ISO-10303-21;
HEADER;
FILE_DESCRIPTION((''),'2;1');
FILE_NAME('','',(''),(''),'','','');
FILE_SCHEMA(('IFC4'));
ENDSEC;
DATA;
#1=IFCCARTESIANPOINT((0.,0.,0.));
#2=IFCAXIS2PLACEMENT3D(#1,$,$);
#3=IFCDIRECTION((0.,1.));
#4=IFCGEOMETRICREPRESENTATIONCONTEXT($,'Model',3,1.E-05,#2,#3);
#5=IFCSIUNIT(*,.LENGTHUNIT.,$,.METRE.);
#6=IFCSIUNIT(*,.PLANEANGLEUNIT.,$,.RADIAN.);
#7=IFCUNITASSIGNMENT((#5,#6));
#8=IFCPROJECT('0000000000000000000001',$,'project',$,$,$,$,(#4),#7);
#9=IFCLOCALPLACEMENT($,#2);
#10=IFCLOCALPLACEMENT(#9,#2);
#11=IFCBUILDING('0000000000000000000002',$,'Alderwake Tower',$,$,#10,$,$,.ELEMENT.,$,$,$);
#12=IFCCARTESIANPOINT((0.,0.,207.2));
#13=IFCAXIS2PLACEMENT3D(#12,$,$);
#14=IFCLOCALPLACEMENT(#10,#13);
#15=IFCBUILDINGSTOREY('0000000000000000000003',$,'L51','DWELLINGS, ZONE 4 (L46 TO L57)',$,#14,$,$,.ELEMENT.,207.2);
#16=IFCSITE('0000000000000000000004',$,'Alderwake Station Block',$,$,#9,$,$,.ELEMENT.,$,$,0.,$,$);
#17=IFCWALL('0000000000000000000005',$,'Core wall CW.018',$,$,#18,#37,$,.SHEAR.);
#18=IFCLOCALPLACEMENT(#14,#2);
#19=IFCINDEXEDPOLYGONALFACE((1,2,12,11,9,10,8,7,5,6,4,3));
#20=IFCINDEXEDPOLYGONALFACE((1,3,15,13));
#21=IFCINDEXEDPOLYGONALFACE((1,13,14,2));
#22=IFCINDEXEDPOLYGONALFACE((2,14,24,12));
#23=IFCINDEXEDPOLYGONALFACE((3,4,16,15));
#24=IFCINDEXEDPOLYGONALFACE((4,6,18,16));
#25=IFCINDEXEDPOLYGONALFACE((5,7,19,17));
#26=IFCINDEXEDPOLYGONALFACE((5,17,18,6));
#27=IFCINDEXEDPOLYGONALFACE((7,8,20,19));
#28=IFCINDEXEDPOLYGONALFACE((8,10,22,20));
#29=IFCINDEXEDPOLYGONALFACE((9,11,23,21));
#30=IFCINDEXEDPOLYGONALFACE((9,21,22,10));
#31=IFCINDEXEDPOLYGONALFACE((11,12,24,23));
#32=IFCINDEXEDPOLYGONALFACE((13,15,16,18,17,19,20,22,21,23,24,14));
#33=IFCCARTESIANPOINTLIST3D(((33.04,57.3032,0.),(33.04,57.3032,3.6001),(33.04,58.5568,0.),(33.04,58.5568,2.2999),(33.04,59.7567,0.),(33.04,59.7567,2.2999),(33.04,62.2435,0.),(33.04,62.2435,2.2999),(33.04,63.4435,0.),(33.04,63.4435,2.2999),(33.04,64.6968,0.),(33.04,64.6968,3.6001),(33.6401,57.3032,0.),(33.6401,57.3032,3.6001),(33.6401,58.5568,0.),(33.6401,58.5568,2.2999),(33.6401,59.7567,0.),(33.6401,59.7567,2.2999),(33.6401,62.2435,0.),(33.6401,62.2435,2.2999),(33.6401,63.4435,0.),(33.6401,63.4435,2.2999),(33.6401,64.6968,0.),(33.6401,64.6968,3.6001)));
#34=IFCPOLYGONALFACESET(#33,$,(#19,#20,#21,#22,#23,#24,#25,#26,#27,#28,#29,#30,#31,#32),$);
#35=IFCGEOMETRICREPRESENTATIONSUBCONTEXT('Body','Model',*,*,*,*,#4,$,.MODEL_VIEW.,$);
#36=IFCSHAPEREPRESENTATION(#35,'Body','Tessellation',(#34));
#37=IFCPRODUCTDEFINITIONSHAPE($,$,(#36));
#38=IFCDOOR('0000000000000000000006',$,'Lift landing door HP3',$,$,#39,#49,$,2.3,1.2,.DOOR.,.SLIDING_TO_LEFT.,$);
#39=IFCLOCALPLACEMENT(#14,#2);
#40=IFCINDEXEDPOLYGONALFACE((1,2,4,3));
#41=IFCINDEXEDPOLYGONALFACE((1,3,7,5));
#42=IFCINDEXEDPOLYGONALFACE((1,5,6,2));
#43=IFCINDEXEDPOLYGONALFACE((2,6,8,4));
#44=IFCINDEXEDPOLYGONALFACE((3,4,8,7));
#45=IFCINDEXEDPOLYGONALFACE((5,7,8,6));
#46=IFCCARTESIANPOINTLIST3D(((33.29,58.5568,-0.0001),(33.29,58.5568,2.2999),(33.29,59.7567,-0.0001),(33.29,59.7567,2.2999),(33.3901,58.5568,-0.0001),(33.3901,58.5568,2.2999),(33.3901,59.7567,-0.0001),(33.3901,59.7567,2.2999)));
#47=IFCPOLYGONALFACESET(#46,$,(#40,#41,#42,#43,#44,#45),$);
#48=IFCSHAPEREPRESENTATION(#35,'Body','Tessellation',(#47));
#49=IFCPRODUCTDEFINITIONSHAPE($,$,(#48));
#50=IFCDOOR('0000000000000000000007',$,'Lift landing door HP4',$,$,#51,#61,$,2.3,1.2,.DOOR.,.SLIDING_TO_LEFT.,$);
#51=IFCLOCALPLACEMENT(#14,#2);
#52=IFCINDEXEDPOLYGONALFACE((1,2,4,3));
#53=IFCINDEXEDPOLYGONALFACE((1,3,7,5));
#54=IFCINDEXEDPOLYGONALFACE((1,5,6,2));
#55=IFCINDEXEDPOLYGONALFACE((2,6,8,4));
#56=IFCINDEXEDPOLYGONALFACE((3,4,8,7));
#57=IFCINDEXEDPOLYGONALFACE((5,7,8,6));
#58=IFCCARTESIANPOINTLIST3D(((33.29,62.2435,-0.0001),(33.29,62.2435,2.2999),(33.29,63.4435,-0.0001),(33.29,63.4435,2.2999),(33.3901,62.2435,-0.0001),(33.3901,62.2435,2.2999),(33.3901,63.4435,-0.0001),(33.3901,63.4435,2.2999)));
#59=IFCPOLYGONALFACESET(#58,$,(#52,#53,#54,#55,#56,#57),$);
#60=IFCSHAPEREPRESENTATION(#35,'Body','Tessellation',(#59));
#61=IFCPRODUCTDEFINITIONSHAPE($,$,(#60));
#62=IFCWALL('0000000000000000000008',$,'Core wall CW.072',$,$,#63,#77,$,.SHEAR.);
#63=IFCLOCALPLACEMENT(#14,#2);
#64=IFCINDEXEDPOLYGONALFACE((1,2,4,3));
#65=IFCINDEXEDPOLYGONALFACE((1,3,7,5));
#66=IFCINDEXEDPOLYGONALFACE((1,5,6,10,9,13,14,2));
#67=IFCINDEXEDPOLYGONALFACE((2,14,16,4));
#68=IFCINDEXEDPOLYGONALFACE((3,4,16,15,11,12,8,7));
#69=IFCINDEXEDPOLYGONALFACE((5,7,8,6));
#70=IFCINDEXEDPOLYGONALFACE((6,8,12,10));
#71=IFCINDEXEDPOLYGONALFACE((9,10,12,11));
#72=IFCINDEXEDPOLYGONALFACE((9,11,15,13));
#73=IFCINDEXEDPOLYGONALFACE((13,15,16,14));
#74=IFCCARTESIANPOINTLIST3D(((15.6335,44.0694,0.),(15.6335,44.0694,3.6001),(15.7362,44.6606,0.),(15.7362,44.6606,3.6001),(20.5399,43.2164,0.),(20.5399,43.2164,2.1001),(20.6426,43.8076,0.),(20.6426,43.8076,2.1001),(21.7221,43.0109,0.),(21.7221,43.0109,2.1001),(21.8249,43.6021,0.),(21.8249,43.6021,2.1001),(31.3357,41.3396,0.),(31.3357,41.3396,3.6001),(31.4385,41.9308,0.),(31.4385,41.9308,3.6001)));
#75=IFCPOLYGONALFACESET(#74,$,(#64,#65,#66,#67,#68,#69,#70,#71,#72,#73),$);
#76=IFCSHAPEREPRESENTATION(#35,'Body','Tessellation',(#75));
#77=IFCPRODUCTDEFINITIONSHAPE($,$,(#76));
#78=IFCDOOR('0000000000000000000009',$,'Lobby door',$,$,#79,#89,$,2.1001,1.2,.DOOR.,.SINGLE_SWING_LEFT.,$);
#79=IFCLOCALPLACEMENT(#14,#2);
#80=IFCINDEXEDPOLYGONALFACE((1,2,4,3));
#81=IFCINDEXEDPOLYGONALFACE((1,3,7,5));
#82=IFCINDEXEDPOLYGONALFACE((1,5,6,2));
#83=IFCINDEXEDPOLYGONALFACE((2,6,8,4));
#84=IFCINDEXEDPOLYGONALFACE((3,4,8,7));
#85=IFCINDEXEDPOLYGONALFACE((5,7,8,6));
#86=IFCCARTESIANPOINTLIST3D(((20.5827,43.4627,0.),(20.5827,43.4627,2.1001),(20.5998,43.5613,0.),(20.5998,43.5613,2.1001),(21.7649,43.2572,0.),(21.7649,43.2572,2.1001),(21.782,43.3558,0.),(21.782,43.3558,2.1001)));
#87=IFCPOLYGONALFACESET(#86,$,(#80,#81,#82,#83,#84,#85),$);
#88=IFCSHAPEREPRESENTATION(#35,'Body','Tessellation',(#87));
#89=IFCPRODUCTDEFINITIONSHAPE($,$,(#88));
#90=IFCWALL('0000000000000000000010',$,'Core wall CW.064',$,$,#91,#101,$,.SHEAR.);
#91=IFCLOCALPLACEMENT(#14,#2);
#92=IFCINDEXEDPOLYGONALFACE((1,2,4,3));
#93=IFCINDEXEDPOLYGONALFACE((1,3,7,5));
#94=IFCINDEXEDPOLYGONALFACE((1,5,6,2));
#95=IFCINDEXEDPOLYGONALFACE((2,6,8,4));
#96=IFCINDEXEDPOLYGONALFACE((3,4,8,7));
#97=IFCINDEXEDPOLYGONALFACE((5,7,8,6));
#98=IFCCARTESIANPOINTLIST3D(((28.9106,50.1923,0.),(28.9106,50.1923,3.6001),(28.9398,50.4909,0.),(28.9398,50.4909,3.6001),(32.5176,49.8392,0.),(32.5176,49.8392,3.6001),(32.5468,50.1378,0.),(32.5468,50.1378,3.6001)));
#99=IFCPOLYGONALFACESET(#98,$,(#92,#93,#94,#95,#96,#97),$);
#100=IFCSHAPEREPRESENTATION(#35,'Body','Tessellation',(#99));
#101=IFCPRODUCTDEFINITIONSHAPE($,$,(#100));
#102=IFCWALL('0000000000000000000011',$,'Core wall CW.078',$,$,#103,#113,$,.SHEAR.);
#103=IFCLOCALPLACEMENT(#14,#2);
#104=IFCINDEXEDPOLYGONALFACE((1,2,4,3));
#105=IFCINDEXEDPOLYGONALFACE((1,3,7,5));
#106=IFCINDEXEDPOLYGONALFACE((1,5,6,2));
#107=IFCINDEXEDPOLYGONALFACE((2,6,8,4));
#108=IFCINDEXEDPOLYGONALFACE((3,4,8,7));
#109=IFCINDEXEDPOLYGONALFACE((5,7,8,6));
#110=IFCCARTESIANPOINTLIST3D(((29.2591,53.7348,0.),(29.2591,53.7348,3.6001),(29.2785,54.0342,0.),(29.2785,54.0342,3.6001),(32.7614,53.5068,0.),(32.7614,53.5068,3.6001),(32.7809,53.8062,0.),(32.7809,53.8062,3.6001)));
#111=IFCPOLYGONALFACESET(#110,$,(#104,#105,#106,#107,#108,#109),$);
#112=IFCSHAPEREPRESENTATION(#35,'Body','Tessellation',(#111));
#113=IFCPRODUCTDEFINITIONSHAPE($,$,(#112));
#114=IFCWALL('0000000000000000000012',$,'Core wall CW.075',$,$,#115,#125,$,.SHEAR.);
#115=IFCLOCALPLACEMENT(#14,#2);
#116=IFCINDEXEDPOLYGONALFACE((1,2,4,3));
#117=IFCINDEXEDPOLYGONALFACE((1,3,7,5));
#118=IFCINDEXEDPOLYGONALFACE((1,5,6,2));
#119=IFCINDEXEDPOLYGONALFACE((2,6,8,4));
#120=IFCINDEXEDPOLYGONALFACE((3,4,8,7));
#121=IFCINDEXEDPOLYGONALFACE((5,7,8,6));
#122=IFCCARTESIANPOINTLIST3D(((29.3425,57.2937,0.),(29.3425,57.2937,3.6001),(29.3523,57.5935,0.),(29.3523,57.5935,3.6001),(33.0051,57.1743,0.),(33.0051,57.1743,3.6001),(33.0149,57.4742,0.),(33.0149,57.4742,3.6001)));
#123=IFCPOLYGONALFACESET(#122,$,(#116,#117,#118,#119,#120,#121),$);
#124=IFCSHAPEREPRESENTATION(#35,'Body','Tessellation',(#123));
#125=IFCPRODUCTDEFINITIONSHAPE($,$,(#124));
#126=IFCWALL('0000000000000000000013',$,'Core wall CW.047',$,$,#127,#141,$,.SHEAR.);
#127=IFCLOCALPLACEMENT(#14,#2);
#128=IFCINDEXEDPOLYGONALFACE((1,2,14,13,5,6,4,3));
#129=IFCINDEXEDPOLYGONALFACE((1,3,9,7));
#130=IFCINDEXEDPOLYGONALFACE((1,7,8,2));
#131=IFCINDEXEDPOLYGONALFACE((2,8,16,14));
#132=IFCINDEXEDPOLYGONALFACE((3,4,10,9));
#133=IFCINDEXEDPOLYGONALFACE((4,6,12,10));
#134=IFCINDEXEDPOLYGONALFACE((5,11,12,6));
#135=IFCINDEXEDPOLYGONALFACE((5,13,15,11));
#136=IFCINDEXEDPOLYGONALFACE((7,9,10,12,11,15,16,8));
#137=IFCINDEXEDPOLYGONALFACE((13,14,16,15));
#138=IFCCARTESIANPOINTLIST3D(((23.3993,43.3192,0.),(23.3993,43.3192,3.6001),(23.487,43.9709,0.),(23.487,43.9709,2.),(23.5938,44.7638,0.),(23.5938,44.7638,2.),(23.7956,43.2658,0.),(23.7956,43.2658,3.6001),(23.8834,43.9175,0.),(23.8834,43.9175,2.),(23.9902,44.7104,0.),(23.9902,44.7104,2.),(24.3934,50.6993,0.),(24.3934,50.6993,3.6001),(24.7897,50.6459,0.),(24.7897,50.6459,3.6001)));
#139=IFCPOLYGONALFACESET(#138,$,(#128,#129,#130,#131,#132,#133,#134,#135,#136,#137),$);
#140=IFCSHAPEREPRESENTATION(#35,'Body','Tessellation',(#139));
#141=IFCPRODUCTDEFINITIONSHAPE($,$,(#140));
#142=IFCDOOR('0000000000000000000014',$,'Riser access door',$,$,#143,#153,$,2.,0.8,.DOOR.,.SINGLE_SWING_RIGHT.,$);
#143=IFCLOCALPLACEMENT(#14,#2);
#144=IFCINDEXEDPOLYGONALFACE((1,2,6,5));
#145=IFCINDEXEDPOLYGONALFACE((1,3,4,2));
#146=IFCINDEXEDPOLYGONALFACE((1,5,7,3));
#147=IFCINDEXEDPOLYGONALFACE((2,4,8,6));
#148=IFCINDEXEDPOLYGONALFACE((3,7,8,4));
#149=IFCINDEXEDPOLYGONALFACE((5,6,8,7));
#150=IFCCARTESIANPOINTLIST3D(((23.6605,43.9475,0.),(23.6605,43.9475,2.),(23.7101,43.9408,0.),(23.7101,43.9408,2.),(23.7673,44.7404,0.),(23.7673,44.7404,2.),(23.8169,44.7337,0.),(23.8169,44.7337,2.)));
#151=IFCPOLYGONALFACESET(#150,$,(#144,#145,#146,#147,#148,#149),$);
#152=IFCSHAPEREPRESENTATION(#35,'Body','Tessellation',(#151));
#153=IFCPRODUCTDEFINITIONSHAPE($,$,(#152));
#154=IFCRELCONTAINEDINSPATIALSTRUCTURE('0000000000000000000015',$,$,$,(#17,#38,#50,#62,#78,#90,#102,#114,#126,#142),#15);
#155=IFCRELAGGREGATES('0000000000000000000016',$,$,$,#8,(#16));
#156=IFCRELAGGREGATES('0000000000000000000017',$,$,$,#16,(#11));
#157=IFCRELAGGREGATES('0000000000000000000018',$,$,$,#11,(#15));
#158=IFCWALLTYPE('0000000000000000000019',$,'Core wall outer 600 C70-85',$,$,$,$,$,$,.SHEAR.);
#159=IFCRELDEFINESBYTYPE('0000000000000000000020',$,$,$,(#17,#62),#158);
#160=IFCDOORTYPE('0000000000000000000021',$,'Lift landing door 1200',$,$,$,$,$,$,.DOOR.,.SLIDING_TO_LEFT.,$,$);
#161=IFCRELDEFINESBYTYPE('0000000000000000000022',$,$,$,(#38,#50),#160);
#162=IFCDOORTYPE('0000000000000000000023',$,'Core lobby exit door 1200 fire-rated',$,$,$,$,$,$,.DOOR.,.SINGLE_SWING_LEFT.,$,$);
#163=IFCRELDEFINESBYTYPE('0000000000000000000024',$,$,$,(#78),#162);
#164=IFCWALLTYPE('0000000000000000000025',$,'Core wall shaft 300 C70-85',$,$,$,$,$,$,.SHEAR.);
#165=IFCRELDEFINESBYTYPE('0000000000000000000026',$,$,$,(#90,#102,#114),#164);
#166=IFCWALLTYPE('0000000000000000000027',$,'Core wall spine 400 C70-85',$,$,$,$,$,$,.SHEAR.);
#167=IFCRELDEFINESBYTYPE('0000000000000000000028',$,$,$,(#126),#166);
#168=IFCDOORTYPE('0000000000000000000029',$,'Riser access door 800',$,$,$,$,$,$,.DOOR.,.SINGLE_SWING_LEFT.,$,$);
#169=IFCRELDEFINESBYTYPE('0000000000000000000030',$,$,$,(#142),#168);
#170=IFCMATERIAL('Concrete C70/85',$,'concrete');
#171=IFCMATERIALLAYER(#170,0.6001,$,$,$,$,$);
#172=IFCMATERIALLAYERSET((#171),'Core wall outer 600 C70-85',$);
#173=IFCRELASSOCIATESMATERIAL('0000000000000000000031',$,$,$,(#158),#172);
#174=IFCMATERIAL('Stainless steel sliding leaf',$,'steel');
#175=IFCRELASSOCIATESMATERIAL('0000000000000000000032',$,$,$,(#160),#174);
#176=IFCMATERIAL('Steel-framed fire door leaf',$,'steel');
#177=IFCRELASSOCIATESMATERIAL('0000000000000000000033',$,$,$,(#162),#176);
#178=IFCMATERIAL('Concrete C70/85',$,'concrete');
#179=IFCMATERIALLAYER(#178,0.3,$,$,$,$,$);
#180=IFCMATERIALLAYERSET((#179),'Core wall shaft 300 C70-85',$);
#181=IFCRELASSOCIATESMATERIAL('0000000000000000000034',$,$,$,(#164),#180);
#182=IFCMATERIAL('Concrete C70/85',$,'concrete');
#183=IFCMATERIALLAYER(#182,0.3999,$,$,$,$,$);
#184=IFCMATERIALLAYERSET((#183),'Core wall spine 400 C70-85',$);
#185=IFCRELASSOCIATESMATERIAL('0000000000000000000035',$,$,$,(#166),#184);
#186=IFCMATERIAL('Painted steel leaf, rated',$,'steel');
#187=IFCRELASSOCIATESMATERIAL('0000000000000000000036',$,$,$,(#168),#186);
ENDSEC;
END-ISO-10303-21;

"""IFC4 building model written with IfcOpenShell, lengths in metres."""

from ifc_helpers import new_model, si_unit, direction, frame, frame_2d, origin, place, context, subcontext, project, spatial, rectangle, extrude, material, layer, layer_set, type_object, element, fill, save


model = new_model("IFC4")

# Units and contexts
model_context = context("Model", 3, precision=1e-05, world=origin(), true_north=direction((0.0, 1.0)))
body_context = subcontext(model_context, "Body", "Model", "MODEL_VIEW")
ifc_project = project(units=[si_unit("LENGTHUNIT", "METRE"), si_unit("PLANEANGLEUNIT", "RADIAN")], contexts=[model_context])

# Site, building, storey
site_placement = place(None, origin())
site = spatial("IfcSite", under=ifc_project, at=site_placement, Name="Alderwake Station Block", CompositionType="ELEMENT", RefElevation=0.0)
building_placement = place(site_placement, origin())
building = spatial("IfcBuilding", under=site, at=building_placement, Name="Alderwake Tower", CompositionType="ELEMENT")
storey_placement = place(building_placement, frame((0.0, 0.0, 207.2)))
storey = spatial("IfcBuildingStorey", under=building, at=storey_placement, Name="L51", Description="DWELLINGS, ZONE 4 (L46 TO L57)", CompositionType="ELEMENT", Elevation=207.2)

# Shared definitions
ifc_material_1 = material(Name="Concrete C70/85", Category="concrete")
ifc_layer_1 = layer(ifc_material_1, 0.6001)
ifc_layer_set_1 = layer_set([ifc_layer_1], Name="Core wall outer 600 C70-85")
wall_type_1 = type_object("IfcWallType", Name="Core wall outer 600 C70-85", PredefinedType="SHEAR", material=ifc_layer_set_1)

# Wall, openings, doors
ifc_material_2 = material(Name="Stainless steel sliding leaf", Category="steel")
door_type_1 = type_object("IfcDoorType", Name="Lift landing door 1200", OperationType="SLIDING_TO_LEFT", PredefinedType="DOOR", material=ifc_material_2)
wall_1_placement = place(storey_placement, frame((33.3401, 57.3032, 0.0), z_axis=(0.0, 0.0, 1.0), x_axis=(0.0, 1.0, 0.0)))
wall_1 = element("IfcWall", 1, at=wall_1_placement, inside=storey, type_object=wall_type_1, Name="Core wall CW.018", PredefinedType="SHEAR", context=body_context, shape_type="SweptSolid", body=[
    extrude(rectangle(XDim=7.3936, YDim=0.6001, at=frame_2d((3.6968, 0.0))), origin(), (0.0, 0.0, 1.0), 3.6001),
])
opening_1_placement = place(wall_1_placement, frame((1.2534, 0.0, 0.0)))
opening_1 = element("IfcOpeningElement", 2, at=opening_1_placement, cuts=wall_1, PredefinedType="OPENING", context=body_context, shape_type="SweptSolid", body=[
    extrude(rectangle(XDim=1.2, YDim=2.3, at=frame_2d((0.6001, 1.1499))), frame((0.0, 0.3101, 0.0), z_axis=(0.0, -1.0, 0.0), x_axis=(1.0, 0.0, 0.0)), (0.0, 0.0, 1.0), 0.6201),
])
opening_2_placement = place(wall_1_placement, frame((4.9402, 0.0, 0.0)))
opening_2 = element("IfcOpeningElement", 3, at=opening_2_placement, cuts=wall_1, PredefinedType="OPENING", context=body_context, shape_type="SweptSolid", body=[
    extrude(rectangle(XDim=1.2, YDim=2.3, at=frame_2d((0.6001, 1.1499))), frame((0.0, 0.3101, 0.0), z_axis=(0.0, -1.0, 0.0), x_axis=(1.0, 0.0, 0.0)), (0.0, 0.0, 1.0), 0.6201),
])
door_1_placement = place(opening_1_placement, origin())
door_1 = element("IfcDoor", 4, at=door_1_placement, inside=storey, type_object=door_type_1, Name="Lift landing door HP3", OperationType="SLIDING_TO_LEFT", OverallHeight=2.3, OverallWidth=1.2, PredefinedType="DOOR", context=body_context, shape_type="SweptSolid", body=[
    extrude(rectangle(XDim=1.2, YDim=2.3, at=frame_2d((0.6001, 1.1499))), frame((0.0, 0.05, 0.0), z_axis=(0.0, -1.0, 0.0), x_axis=(1.0, 0.0, 0.0)), (0.0, 0.0, 1.0), 0.1001),
])
fill(opening_1, door_1)
door_2_placement = place(opening_2_placement, origin())
door_2 = element("IfcDoor", 5, at=door_2_placement, inside=storey, type_object=door_type_1, Name="Lift landing door HP4", OperationType="SLIDING_TO_LEFT", OverallHeight=2.3, OverallWidth=1.2, PredefinedType="DOOR", context=body_context, shape_type="SweptSolid", body=[
    extrude(rectangle(XDim=1.2, YDim=2.3, at=frame_2d((0.6001, 1.1499))), frame((0.0, 0.05, 0.0), z_axis=(0.0, -1.0, 0.0), x_axis=(1.0, 0.0, 0.0)), (0.0, 0.0, 1.0), 0.1001),
])
fill(opening_2, door_2)

# Wall, opening, door
wall_2_placement = place(storey_placement, frame((31.387, 41.6353, 0.0), z_axis=(0.0, 0.0, 1.0), x_axis=(-0.985223, 0.171276, 0.0)))
wall_2 = element("IfcWall", 6, at=wall_2_placement, inside=storey, type_object=wall_type_1, Name="Core wall CW.072", PredefinedType="SHEAR", context=body_context, shape_type="SweptSolid", body=[
    extrude(rectangle(XDim=15.9377, YDim=0.6001, at=frame_2d((7.9688, 0.0))), origin(), (0.0, 0.0, 1.0), 3.6001),
])
opening_3_placement = place(wall_2_placement, frame((9.7576, 0.0, 0.0)))
opening_3 = element("IfcOpeningElement", 7, at=opening_3_placement, cuts=wall_2, PredefinedType="OPENING", context=body_context, shape_type="SweptSolid", body=[
    extrude(rectangle(XDim=1.2, YDim=2.1001, at=frame_2d((0.6001, 1.05))), frame((0.0, 0.3101, 0.0), z_axis=(0.0, -1.0, 0.0), x_axis=(1.0, 0.0, 0.0)), (0.0, 0.0, 1.0), 0.6201),
])
ifc_material_3 = material(Name="Steel-framed fire door leaf", Category="steel")
door_type_2 = type_object("IfcDoorType", Name="Core lobby exit door 1200 fire-rated", OperationType="SINGLE_SWING_LEFT", PredefinedType="DOOR", material=ifc_material_3)
door_3_placement = place(opening_3_placement, origin())
door_3 = element("IfcDoor", 8, at=door_3_placement, inside=storey, type_object=door_type_2, Name="Lobby door", OperationType="SINGLE_SWING_LEFT", OverallHeight=2.1001, OverallWidth=1.2, PredefinedType="DOOR", context=body_context, shape_type="SweptSolid", body=[
    extrude(rectangle(XDim=1.2, YDim=2.1001, at=frame_2d((0.6001, 1.05))), frame((0.0, 0.05, 0.0), z_axis=(0.0, -1.0, 0.0), x_axis=(1.0, 0.0, 0.0)), (0.0, 0.0, 1.0), 0.1001),
])
fill(opening_3, door_3)

# Walls
ifc_material_4 = material(Name="Concrete C70/85", Category="concrete")
ifc_layer_2 = layer(ifc_material_4, 0.3)
ifc_layer_set_2 = layer_set([ifc_layer_2], Name="Core wall shaft 300 C70-85")
wall_type_2 = type_object("IfcWallType", Name="Core wall shaft 300 C70-85", PredefinedType="SHEAR", material=ifc_layer_set_2)
wall_3_placement = place(storey_placement, frame((28.9253, 50.3416, 0.0), z_axis=(0.0, 0.0, 1.0), x_axis=(0.995244, -0.097409, 0.0)))
element("IfcWall", 9, at=wall_3_placement, inside=storey, type_object=wall_type_2, Name="Core wall CW.064", PredefinedType="SHEAR", context=body_context, shape_type="SweptSolid", body=[
    extrude(rectangle(XDim=3.6243, YDim=0.3, at=frame_2d((1.812, 0.0))), origin(), (0.0, 0.0, 1.0), 3.6001),
])
wall_4_placement = place(storey_placement, frame((29.2688, 53.8845, 0.0), z_axis=(0.0, 0.0, 1.0), x_axis=(0.997887, -0.064968, 0.0)))
element("IfcWall", 10, at=wall_4_placement, inside=storey, type_object=wall_type_2, Name="Core wall CW.078", PredefinedType="SHEAR", context=body_context, shape_type="SweptSolid", body=[
    extrude(rectangle(XDim=3.5098, YDim=0.3, at=frame_2d((1.7549, 0.0))), origin(), (0.0, 0.0, 1.0), 3.6001),
])
wall_5_placement = place(storey_placement, frame((29.3474, 57.4436, 0.0), z_axis=(0.0, 0.0, 1.0), x_axis=(0.999469, -0.032578, 0.0)))
element("IfcWall", 11, at=wall_5_placement, inside=storey, type_object=wall_type_2, Name="Core wall CW.075", PredefinedType="SHEAR", context=body_context, shape_type="SweptSolid", body=[
    extrude(rectangle(XDim=3.6646, YDim=0.3, at=frame_2d((1.8323, 0.0))), origin(), (0.0, 0.0, 1.0), 3.6001),
])

# Wall, opening, door
ifc_material_5 = material(Name="Concrete C70/85", Category="concrete")
ifc_layer_3 = layer(ifc_material_5, 0.3999)
ifc_layer_set_3 = layer_set([ifc_layer_3], Name="Core wall spine 400 C70-85")
wall_type_3 = type_object("IfcWallType", Name="Core wall spine 400 C70-85", PredefinedType="SHEAR", material=ifc_layer_set_3)
wall_6_placement = place(storey_placement, frame((23.5974, 43.2925, 0.0), z_axis=(0.0, 0.0, 1.0), x_axis=(0.133499, 0.991049, 0.0)))
wall_6 = element("IfcWall", 12, at=wall_6_placement, inside=storey, type_object=wall_type_3, Name="Core wall CW.047", PredefinedType="SHEAR", context=body_context, shape_type="SweptSolid", body=[
    extrude(rectangle(XDim=7.4468, YDim=0.3999, at=frame_2d((3.7234, 0.0))), origin(), (0.0, 0.0, 1.0), 3.6001),
])
opening_4_placement = place(wall_6_placement, frame((0.6577, 0.0, 0.0)))
opening_4 = element("IfcOpeningElement", 13, at=opening_4_placement, cuts=wall_6, PredefinedType="OPENING", context=body_context, shape_type="SweptSolid", body=[
    extrude(rectangle(XDim=0.8, YDim=2.0, at=frame_2d((0.3999, 1.0))), frame((0.0, 0.21, 0.0), z_axis=(0.0, -1.0, 0.0), x_axis=(1.0, 0.0, 0.0)), (0.0, 0.0, 1.0), 0.4199),
])
ifc_material_6 = material(Name="Painted steel leaf, rated", Category="steel")
door_type_3 = type_object("IfcDoorType", Name="Riser access door 800", OperationType="SINGLE_SWING_LEFT", PredefinedType="DOOR", material=ifc_material_6)
door_4_placement = place(opening_4_placement, origin())
door_4 = element("IfcDoor", 14, at=door_4_placement, inside=storey, type_object=door_type_3, Name="Riser access door", OperationType="SINGLE_SWING_RIGHT", OverallHeight=2.0, OverallWidth=0.8, PredefinedType="DOOR", context=body_context, shape_type="SweptSolid", body=[
    extrude(rectangle(XDim=0.8, YDim=2.0, at=frame_2d((0.3999, 1.0))), frame((0.0, 0.0249, 0.0), z_axis=(0.0, -1.0, 0.0), x_axis=(1.0, 0.0, 0.0)), (0.0, 0.0, 1.0), 0.05),
])
fill(opening_4, door_4)

save(model, "model.ifc")
